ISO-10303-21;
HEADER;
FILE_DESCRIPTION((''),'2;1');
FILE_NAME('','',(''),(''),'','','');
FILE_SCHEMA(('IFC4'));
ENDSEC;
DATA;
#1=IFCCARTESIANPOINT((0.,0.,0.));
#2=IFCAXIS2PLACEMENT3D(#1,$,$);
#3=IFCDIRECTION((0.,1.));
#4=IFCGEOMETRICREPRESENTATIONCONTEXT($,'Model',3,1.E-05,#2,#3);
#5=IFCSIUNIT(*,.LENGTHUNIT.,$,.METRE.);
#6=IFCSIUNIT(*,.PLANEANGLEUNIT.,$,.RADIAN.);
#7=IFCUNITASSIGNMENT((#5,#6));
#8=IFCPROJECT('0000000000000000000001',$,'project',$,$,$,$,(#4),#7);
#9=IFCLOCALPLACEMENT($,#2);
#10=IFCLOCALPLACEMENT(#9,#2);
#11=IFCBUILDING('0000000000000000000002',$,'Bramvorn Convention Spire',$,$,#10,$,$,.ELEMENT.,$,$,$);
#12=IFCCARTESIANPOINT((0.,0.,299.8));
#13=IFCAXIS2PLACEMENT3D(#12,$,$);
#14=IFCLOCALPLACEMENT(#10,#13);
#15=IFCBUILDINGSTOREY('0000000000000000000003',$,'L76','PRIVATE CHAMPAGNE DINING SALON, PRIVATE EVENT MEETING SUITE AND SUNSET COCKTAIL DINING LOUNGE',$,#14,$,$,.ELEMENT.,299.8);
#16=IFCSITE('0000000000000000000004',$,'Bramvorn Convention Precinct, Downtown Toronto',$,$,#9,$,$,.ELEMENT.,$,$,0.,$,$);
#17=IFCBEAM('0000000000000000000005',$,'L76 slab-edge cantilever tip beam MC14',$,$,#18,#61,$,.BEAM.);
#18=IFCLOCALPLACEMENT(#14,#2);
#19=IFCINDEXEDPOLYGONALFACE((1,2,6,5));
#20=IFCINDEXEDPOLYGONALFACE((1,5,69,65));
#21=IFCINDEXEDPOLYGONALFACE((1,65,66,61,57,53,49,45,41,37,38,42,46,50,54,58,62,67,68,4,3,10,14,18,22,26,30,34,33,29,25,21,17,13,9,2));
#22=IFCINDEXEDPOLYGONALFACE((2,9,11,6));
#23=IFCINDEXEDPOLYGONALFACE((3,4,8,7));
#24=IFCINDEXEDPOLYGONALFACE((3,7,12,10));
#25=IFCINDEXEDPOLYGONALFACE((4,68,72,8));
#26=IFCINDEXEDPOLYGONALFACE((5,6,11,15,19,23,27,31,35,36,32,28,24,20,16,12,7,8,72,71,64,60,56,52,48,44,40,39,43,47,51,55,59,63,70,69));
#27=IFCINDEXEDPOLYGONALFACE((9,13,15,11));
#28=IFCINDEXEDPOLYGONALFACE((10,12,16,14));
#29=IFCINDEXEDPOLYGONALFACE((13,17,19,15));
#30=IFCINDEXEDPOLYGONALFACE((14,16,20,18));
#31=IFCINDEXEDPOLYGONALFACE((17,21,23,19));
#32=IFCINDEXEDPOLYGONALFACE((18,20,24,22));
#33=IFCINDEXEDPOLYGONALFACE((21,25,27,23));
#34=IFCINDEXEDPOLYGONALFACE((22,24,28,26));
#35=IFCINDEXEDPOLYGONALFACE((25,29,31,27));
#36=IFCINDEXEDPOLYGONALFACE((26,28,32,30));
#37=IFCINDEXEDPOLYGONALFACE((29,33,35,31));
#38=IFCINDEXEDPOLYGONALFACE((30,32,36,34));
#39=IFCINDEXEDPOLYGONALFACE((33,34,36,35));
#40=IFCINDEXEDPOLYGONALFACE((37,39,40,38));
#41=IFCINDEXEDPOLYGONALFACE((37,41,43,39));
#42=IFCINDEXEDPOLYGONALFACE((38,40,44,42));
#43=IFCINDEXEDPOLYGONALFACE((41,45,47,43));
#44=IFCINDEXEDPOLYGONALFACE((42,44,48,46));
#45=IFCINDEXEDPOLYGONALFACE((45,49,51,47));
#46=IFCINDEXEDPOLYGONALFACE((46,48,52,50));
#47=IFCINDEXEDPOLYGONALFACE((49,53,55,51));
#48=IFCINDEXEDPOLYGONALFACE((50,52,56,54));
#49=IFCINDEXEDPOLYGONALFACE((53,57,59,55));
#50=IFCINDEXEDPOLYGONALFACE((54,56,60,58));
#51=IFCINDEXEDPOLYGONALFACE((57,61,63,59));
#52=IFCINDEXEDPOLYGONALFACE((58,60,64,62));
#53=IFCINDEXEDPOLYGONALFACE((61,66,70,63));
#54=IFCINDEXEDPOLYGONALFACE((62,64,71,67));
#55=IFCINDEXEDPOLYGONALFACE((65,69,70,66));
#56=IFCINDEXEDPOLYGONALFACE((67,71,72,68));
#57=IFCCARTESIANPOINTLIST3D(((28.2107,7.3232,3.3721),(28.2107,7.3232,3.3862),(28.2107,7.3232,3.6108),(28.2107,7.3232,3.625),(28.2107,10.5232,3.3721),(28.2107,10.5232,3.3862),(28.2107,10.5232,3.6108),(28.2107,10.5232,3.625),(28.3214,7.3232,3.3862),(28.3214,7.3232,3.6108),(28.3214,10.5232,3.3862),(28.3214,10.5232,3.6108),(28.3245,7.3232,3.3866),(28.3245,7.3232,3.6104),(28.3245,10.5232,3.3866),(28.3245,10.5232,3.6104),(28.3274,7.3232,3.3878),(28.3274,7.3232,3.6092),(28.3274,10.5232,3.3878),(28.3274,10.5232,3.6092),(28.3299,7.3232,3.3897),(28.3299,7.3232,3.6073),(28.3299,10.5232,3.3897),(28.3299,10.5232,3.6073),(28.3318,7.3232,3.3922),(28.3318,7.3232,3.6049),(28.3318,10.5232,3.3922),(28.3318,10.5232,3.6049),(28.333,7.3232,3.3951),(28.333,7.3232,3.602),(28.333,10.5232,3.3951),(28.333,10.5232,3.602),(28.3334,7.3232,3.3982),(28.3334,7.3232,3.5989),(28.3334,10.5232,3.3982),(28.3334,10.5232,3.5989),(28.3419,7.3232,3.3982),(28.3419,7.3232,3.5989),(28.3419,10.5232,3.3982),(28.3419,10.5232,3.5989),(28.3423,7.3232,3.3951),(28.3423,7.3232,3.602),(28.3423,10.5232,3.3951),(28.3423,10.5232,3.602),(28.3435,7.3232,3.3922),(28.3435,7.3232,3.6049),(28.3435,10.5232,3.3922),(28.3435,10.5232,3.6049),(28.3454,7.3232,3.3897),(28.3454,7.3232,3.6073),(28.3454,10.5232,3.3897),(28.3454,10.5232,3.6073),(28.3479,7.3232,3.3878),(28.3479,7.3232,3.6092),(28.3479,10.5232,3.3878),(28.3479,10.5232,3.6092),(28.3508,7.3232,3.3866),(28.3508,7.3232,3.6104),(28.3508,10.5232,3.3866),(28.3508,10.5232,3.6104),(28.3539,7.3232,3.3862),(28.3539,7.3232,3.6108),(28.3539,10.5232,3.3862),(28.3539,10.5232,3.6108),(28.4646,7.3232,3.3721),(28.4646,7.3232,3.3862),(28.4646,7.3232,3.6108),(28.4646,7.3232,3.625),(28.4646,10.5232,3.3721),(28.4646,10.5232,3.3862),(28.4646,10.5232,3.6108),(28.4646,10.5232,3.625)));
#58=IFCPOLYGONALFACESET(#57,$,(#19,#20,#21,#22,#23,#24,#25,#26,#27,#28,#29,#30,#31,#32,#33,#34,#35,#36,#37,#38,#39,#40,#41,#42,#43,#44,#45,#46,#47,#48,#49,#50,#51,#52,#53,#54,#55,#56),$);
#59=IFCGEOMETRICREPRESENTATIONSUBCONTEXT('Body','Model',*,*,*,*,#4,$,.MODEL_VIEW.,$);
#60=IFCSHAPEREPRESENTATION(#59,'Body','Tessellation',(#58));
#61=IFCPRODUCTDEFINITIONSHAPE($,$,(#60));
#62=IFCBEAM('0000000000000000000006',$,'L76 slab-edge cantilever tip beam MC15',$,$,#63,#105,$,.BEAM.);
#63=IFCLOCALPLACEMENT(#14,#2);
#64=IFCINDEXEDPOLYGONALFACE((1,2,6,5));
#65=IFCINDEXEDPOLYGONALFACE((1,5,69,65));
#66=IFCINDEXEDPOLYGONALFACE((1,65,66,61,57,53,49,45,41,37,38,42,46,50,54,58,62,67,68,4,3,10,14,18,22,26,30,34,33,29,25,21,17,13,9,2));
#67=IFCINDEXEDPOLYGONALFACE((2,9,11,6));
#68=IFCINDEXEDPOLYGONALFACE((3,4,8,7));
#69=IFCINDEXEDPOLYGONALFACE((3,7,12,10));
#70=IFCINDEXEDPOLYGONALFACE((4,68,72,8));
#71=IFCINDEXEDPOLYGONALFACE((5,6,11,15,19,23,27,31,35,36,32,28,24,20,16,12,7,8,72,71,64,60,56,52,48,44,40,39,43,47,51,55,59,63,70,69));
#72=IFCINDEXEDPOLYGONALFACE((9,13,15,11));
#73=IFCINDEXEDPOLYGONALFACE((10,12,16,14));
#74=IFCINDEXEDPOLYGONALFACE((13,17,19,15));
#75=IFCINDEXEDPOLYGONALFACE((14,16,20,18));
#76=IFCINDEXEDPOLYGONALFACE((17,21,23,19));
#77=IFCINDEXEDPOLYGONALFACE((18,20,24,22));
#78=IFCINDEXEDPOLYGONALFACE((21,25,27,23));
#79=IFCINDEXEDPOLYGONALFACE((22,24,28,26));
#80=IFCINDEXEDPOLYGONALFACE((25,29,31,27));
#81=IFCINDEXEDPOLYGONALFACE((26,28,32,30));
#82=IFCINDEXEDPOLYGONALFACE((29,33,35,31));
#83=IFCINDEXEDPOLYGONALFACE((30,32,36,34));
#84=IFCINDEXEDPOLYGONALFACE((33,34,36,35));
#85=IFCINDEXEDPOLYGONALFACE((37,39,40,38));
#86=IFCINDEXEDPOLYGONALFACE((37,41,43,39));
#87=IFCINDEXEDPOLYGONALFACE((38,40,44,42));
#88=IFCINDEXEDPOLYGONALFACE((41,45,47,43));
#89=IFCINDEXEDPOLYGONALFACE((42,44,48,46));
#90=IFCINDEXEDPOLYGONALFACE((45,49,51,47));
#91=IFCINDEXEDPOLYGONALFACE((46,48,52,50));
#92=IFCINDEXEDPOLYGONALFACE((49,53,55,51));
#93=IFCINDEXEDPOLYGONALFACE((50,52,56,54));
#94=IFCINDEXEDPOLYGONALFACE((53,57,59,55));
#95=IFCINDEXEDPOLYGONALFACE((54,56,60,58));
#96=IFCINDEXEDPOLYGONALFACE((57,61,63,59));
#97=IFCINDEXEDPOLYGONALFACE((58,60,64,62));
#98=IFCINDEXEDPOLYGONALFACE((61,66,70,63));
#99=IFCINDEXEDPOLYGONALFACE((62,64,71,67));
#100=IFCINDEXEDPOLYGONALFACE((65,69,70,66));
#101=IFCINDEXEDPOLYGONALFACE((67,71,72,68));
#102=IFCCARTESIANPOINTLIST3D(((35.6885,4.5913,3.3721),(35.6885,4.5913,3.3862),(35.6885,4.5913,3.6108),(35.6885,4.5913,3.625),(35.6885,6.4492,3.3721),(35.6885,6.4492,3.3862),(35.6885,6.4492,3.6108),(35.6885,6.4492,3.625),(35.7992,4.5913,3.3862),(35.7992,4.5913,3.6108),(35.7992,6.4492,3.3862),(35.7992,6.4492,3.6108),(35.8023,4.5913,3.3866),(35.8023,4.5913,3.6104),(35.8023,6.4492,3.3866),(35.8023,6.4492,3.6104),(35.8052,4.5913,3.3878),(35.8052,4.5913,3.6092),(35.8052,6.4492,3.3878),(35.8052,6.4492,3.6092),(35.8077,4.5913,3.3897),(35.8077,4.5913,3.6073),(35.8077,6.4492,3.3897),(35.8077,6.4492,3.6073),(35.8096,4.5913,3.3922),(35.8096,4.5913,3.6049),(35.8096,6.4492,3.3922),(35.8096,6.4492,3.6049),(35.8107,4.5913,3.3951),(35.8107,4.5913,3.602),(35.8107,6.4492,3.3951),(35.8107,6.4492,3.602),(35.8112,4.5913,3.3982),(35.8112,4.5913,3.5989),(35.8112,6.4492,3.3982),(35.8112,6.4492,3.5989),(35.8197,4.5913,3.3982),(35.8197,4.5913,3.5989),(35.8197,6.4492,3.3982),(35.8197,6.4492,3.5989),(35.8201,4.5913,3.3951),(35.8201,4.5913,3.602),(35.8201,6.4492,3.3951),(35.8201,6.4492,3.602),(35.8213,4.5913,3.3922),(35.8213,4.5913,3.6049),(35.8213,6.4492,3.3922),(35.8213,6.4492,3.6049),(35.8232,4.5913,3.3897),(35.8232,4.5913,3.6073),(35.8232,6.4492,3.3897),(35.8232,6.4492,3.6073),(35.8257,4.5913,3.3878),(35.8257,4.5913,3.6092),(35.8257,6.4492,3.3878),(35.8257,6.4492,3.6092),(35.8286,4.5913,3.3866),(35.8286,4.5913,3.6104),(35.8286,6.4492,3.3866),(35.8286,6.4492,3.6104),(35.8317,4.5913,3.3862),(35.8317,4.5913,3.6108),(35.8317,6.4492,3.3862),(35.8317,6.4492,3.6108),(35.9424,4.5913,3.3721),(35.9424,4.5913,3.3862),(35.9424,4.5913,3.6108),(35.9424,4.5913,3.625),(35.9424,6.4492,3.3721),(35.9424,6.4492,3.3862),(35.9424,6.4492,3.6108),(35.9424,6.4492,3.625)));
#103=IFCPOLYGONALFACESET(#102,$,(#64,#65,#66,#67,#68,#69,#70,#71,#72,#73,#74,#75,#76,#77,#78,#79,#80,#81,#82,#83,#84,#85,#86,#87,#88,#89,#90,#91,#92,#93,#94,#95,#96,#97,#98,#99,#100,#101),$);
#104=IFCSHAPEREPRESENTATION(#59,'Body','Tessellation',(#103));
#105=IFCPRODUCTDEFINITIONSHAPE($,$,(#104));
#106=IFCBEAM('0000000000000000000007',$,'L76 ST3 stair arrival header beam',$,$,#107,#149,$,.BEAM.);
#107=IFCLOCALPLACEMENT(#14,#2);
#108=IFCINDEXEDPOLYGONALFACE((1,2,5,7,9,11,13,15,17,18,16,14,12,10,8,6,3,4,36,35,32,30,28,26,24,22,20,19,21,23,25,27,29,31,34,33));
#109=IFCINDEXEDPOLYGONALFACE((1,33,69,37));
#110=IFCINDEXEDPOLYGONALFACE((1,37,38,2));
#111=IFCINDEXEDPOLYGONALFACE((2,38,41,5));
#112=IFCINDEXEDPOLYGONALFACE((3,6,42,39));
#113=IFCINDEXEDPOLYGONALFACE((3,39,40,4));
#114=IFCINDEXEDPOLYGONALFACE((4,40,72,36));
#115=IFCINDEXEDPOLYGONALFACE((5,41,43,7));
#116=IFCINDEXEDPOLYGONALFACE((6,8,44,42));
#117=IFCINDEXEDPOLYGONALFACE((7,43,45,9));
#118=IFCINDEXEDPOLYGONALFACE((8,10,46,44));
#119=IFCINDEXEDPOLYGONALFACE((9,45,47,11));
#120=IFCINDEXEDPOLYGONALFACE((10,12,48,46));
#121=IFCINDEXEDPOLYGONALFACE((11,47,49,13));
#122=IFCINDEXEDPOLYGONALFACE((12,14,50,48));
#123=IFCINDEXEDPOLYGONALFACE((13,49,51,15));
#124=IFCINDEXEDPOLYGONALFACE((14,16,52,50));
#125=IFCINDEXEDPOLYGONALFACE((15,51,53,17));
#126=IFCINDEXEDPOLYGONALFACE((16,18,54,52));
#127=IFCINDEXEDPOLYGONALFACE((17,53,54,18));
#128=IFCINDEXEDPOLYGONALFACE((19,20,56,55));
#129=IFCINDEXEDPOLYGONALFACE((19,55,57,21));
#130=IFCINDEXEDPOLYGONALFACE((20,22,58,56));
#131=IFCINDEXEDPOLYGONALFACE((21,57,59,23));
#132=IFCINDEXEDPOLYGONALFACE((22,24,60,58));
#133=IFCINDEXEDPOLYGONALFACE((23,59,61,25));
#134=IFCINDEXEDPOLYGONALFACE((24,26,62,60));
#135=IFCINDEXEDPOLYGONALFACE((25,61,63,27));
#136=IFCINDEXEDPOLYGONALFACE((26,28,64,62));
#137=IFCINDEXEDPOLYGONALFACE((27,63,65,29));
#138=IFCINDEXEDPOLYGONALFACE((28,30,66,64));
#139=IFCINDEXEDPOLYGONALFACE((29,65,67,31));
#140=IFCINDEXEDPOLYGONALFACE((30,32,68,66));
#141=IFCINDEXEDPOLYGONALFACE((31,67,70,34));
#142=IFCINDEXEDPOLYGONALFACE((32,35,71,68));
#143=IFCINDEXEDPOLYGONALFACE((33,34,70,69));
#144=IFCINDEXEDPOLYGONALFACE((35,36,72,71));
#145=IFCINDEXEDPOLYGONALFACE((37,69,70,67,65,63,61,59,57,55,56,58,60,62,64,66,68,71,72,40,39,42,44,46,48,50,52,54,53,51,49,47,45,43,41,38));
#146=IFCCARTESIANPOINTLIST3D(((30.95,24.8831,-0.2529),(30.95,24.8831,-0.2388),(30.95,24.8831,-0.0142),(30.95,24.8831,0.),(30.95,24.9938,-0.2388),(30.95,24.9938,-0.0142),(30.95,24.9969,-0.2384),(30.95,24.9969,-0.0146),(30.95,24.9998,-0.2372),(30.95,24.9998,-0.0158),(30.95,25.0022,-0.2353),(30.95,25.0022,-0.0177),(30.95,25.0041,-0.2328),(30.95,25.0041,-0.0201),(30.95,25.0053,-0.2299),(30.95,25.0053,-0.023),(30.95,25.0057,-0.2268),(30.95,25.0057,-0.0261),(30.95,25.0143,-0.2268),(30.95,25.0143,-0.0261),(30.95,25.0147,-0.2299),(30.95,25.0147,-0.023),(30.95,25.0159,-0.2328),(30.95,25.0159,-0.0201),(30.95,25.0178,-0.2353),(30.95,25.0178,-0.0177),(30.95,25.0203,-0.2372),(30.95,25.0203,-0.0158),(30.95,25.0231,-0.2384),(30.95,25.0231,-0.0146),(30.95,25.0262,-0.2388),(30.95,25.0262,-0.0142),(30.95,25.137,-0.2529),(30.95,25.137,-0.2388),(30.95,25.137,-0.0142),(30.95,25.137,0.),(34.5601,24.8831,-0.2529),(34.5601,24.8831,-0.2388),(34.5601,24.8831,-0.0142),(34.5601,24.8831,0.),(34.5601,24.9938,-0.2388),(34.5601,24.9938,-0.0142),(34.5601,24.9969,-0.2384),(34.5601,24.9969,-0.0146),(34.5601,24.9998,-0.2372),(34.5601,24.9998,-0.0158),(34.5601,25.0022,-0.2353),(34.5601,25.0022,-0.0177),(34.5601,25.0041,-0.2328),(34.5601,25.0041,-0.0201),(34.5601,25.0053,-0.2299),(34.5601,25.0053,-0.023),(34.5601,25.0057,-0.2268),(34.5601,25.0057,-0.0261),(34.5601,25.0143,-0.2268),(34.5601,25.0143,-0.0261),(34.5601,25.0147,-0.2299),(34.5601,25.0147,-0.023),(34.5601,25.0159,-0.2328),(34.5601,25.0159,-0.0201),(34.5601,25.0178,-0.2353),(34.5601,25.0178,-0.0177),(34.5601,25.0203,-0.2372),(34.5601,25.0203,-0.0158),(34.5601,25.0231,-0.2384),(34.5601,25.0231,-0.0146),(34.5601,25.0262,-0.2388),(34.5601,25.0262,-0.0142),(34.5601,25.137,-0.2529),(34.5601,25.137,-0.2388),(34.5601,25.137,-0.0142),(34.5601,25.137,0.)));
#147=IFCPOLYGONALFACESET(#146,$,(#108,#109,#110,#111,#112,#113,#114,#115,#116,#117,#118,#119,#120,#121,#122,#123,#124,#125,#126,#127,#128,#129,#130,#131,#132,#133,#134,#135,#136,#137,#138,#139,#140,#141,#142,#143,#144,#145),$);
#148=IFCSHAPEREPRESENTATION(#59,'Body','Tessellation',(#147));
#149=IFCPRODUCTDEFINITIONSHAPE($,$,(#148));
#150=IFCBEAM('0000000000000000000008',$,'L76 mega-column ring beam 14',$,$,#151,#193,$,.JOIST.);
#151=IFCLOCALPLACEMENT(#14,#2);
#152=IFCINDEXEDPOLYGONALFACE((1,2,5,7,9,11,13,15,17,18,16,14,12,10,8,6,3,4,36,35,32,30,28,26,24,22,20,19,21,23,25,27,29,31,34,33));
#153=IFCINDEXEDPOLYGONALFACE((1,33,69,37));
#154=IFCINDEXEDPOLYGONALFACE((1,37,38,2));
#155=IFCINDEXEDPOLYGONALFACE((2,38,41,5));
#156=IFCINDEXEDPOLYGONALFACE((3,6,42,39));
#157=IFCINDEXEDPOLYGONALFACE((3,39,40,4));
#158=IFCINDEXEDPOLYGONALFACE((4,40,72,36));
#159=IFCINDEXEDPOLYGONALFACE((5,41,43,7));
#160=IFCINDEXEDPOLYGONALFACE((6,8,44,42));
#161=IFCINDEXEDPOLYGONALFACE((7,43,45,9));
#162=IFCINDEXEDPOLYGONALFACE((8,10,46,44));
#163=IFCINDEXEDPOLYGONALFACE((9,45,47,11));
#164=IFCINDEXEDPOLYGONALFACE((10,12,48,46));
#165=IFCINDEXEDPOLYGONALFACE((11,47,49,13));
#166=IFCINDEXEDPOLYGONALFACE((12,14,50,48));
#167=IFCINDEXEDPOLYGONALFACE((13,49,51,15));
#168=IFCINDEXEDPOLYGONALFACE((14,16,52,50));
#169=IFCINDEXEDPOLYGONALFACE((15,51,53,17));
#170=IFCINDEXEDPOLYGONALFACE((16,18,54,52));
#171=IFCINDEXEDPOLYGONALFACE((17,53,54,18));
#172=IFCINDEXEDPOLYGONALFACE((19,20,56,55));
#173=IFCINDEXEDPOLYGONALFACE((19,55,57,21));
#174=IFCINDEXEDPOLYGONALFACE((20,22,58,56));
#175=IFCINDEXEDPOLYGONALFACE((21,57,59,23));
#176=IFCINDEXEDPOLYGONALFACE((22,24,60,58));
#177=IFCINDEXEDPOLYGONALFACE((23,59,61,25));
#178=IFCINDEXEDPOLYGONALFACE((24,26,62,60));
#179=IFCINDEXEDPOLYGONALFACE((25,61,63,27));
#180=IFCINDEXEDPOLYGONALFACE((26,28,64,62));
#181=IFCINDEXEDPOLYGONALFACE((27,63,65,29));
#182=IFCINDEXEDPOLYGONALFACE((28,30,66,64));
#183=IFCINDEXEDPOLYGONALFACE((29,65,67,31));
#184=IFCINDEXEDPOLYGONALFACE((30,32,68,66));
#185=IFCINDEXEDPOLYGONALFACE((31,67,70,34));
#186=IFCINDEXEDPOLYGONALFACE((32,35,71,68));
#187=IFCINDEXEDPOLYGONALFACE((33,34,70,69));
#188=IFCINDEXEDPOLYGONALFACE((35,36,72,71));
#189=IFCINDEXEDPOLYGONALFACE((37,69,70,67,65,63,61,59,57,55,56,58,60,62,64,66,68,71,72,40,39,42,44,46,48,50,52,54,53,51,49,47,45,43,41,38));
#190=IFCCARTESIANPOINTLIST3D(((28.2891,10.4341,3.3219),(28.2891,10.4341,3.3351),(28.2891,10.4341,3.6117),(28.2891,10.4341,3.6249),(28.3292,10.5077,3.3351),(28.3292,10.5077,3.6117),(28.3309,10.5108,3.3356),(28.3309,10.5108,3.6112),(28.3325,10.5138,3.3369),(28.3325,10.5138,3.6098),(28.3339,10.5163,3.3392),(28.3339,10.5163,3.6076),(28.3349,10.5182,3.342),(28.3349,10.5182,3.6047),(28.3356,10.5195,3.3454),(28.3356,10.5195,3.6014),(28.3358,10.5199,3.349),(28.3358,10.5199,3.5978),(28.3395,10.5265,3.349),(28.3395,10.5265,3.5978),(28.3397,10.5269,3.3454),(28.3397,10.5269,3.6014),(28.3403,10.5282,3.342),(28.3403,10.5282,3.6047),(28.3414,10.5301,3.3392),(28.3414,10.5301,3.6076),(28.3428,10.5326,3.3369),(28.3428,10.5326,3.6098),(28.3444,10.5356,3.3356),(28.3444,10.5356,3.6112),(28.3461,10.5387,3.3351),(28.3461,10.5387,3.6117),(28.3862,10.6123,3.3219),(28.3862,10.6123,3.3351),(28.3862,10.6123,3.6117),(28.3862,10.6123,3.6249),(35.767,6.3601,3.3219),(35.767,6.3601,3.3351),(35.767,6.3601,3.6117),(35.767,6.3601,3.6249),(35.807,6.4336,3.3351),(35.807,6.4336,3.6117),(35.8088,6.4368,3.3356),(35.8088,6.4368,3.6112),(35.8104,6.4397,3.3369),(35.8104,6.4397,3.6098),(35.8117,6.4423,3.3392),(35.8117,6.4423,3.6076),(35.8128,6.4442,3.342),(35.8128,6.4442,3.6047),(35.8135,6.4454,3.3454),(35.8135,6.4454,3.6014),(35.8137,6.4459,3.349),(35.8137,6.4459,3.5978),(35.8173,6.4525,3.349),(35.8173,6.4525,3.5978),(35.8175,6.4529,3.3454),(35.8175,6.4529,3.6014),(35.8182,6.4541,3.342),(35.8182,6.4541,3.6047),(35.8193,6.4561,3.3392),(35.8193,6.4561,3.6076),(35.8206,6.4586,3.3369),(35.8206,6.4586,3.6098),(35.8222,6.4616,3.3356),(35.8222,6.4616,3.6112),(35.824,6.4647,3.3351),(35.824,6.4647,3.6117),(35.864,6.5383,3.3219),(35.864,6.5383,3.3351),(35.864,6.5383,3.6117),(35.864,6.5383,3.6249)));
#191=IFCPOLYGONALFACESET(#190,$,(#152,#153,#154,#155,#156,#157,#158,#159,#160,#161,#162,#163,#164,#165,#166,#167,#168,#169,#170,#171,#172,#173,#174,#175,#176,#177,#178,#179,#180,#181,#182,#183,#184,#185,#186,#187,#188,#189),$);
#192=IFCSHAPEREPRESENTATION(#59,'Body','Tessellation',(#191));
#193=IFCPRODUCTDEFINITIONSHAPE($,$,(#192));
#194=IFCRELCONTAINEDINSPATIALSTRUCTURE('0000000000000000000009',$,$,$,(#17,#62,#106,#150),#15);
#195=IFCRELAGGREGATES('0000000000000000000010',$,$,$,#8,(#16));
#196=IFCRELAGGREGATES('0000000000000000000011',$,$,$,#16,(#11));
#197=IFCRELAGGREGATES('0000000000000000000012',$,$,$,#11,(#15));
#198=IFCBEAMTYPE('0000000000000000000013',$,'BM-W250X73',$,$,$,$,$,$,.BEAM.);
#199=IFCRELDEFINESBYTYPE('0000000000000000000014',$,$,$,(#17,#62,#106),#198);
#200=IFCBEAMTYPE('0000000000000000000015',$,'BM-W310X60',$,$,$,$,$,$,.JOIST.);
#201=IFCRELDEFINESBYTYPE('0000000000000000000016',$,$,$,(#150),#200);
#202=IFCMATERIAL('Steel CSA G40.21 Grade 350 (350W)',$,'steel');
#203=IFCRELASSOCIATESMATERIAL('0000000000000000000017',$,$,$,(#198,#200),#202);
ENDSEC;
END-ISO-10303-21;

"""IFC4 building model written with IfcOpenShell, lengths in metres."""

from ifc_helpers import new_model, si_unit, direction, frame, origin, origin_2d, place, context, subcontext, project, spatial, i_section, extrude, material, material_profile, profile_set, type_object, element, save


model = new_model("IFC4")

# Units and contexts
model_context = context("Model", 3, precision=1e-05, world=origin(), true_north=direction((0.0, 1.0)))
body_context = subcontext(model_context, "Body", "Model", "MODEL_VIEW")
ifc_project = project(units=[si_unit("LENGTHUNIT", "METRE"), si_unit("PLANEANGLEUNIT", "RADIAN")], contexts=[model_context])

# Site, building, storey
site_placement = place(None, origin())
site = spatial("IfcSite", under=ifc_project, at=site_placement, Name="Bramvorn Convention Precinct, Downtown Toronto", CompositionType="ELEMENT", RefElevation=0.0)
building_placement = place(site_placement, origin())
building = spatial("IfcBuilding", under=site, at=building_placement, Name="Bramvorn Convention Spire", CompositionType="ELEMENT")
storey_placement = place(building_placement, frame((0.0, 0.0, 299.8)))
storey = spatial("IfcBuildingStorey", under=building, at=storey_placement, Name="L76", Description="PRIVATE CHAMPAGNE DINING SALON, PRIVATE EVENT MEETING SUITE AND SUNSET COCKTAIL DINING LOUNGE", CompositionType="ELEMENT", Elevation=299.8)

# Shared definitions
ifc_material_1 = material(Name="Steel CSA G40.21 Grade 350 (350W)", Category="steel")

# Beams
ifc_material_profile_1 = material_profile(ifc_material_1, i_section(OverallWidth=0.2539, OverallDepth=0.2529, WebThickness=0.0085, FlangeThickness=0.0142, FilletRadius=0.012, at=origin_2d()))
ifc_profile_set_1 = profile_set([ifc_material_profile_1], Name="Steel CSA G40.21 Grade 350 (350W) - W250X73")
beam_type_1 = type_object("IfcBeamType", Name="BM-W250X73", PredefinedType="BEAM", material=ifc_profile_set_1)
beam_1_placement = place(storey_placement, frame((28.3376, 10.5232, 3.4985), z_axis=(0.0, -1.0, 0.0), x_axis=(1.0, 0.0, 0.0)))
element("IfcBeam", 1, at=beam_1_placement, inside=storey, type_object=beam_type_1, Name="L76 slab-edge cantilever tip beam MC14", PredefinedType="BEAM", context=body_context, shape_type="SweptSolid", body=[
    extrude(i_section(OverallWidth=0.2539, OverallDepth=0.2529, WebThickness=0.0085, FlangeThickness=0.0142, FilletRadius=0.012, at=origin_2d()), origin(), (0.0, 0.0, 1.0), 3.2),
])
beam_2_placement = place(storey_placement, frame((35.8154, 6.4492, 3.4985), z_axis=(0.0, -1.0, 0.0), x_axis=(1.0, 0.0, 0.0)))
element("IfcBeam", 2, at=beam_2_placement, inside=storey, type_object=beam_type_1, Name="L76 slab-edge cantilever tip beam MC15", PredefinedType="BEAM", context=body_context, shape_type="SweptSolid", body=[
    extrude(i_section(OverallWidth=0.2539, OverallDepth=0.2529, WebThickness=0.0085, FlangeThickness=0.0142, FilletRadius=0.012, at=origin_2d()), origin(), (0.0, 0.0, 1.0), 1.8579),
])
beam_3_placement = place(storey_placement, frame((30.95, 25.01, -0.1265), z_axis=(1.0, 0.0, 0.0), x_axis=(0.0, 1.0, 0.0)))
element("IfcBeam", 3, at=beam_3_placement, inside=storey, type_object=beam_type_1, Name="L76 ST3 stair arrival header beam", PredefinedType="BEAM", context=body_context, shape_type="SweptSolid", body=[
    extrude(i_section(OverallWidth=0.2539, OverallDepth=0.2529, WebThickness=0.0085, FlangeThickness=0.0142, FilletRadius=0.012, at=origin_2d()), origin(), (0.0, 0.0, 1.0), 3.6101),
])
ifc_material_profile_2 = material_profile(ifc_material_1, i_section(OverallWidth=0.2029, OverallDepth=0.303, WebThickness=0.0076, FlangeThickness=0.0132, FilletRadius=0.0139, at=origin_2d()))
ifc_profile_set_2 = profile_set([ifc_material_profile_2], Name="Steel CSA G40.21 Grade 350 (350W) - W310X60")
beam_type_2 = type_object("IfcBeamType", Name="BM-W310X60", PredefinedType="JOIST", material=ifc_profile_set_2)
beam_4_placement = place(storey_placement, frame((28.3376, 10.5232, 3.4734), z_axis=(0.878133, -0.478416, 0.0), x_axis=(0.478416, 0.878133, 0.0)))
element("IfcBeam", 4, at=beam_4_placement, inside=storey, type_object=beam_type_2, Name="L76 mega-column ring beam 14", PredefinedType="JOIST", context=body_context, shape_type="SweptSolid", body=[
    extrude(i_section(OverallWidth=0.2029, OverallDepth=0.303, WebThickness=0.0076, FlangeThickness=0.0132, FilletRadius=0.0139, at=origin_2d()), origin(), (0.0, 0.0, 1.0), 8.5156),
])

save(model, "model.ifc")
